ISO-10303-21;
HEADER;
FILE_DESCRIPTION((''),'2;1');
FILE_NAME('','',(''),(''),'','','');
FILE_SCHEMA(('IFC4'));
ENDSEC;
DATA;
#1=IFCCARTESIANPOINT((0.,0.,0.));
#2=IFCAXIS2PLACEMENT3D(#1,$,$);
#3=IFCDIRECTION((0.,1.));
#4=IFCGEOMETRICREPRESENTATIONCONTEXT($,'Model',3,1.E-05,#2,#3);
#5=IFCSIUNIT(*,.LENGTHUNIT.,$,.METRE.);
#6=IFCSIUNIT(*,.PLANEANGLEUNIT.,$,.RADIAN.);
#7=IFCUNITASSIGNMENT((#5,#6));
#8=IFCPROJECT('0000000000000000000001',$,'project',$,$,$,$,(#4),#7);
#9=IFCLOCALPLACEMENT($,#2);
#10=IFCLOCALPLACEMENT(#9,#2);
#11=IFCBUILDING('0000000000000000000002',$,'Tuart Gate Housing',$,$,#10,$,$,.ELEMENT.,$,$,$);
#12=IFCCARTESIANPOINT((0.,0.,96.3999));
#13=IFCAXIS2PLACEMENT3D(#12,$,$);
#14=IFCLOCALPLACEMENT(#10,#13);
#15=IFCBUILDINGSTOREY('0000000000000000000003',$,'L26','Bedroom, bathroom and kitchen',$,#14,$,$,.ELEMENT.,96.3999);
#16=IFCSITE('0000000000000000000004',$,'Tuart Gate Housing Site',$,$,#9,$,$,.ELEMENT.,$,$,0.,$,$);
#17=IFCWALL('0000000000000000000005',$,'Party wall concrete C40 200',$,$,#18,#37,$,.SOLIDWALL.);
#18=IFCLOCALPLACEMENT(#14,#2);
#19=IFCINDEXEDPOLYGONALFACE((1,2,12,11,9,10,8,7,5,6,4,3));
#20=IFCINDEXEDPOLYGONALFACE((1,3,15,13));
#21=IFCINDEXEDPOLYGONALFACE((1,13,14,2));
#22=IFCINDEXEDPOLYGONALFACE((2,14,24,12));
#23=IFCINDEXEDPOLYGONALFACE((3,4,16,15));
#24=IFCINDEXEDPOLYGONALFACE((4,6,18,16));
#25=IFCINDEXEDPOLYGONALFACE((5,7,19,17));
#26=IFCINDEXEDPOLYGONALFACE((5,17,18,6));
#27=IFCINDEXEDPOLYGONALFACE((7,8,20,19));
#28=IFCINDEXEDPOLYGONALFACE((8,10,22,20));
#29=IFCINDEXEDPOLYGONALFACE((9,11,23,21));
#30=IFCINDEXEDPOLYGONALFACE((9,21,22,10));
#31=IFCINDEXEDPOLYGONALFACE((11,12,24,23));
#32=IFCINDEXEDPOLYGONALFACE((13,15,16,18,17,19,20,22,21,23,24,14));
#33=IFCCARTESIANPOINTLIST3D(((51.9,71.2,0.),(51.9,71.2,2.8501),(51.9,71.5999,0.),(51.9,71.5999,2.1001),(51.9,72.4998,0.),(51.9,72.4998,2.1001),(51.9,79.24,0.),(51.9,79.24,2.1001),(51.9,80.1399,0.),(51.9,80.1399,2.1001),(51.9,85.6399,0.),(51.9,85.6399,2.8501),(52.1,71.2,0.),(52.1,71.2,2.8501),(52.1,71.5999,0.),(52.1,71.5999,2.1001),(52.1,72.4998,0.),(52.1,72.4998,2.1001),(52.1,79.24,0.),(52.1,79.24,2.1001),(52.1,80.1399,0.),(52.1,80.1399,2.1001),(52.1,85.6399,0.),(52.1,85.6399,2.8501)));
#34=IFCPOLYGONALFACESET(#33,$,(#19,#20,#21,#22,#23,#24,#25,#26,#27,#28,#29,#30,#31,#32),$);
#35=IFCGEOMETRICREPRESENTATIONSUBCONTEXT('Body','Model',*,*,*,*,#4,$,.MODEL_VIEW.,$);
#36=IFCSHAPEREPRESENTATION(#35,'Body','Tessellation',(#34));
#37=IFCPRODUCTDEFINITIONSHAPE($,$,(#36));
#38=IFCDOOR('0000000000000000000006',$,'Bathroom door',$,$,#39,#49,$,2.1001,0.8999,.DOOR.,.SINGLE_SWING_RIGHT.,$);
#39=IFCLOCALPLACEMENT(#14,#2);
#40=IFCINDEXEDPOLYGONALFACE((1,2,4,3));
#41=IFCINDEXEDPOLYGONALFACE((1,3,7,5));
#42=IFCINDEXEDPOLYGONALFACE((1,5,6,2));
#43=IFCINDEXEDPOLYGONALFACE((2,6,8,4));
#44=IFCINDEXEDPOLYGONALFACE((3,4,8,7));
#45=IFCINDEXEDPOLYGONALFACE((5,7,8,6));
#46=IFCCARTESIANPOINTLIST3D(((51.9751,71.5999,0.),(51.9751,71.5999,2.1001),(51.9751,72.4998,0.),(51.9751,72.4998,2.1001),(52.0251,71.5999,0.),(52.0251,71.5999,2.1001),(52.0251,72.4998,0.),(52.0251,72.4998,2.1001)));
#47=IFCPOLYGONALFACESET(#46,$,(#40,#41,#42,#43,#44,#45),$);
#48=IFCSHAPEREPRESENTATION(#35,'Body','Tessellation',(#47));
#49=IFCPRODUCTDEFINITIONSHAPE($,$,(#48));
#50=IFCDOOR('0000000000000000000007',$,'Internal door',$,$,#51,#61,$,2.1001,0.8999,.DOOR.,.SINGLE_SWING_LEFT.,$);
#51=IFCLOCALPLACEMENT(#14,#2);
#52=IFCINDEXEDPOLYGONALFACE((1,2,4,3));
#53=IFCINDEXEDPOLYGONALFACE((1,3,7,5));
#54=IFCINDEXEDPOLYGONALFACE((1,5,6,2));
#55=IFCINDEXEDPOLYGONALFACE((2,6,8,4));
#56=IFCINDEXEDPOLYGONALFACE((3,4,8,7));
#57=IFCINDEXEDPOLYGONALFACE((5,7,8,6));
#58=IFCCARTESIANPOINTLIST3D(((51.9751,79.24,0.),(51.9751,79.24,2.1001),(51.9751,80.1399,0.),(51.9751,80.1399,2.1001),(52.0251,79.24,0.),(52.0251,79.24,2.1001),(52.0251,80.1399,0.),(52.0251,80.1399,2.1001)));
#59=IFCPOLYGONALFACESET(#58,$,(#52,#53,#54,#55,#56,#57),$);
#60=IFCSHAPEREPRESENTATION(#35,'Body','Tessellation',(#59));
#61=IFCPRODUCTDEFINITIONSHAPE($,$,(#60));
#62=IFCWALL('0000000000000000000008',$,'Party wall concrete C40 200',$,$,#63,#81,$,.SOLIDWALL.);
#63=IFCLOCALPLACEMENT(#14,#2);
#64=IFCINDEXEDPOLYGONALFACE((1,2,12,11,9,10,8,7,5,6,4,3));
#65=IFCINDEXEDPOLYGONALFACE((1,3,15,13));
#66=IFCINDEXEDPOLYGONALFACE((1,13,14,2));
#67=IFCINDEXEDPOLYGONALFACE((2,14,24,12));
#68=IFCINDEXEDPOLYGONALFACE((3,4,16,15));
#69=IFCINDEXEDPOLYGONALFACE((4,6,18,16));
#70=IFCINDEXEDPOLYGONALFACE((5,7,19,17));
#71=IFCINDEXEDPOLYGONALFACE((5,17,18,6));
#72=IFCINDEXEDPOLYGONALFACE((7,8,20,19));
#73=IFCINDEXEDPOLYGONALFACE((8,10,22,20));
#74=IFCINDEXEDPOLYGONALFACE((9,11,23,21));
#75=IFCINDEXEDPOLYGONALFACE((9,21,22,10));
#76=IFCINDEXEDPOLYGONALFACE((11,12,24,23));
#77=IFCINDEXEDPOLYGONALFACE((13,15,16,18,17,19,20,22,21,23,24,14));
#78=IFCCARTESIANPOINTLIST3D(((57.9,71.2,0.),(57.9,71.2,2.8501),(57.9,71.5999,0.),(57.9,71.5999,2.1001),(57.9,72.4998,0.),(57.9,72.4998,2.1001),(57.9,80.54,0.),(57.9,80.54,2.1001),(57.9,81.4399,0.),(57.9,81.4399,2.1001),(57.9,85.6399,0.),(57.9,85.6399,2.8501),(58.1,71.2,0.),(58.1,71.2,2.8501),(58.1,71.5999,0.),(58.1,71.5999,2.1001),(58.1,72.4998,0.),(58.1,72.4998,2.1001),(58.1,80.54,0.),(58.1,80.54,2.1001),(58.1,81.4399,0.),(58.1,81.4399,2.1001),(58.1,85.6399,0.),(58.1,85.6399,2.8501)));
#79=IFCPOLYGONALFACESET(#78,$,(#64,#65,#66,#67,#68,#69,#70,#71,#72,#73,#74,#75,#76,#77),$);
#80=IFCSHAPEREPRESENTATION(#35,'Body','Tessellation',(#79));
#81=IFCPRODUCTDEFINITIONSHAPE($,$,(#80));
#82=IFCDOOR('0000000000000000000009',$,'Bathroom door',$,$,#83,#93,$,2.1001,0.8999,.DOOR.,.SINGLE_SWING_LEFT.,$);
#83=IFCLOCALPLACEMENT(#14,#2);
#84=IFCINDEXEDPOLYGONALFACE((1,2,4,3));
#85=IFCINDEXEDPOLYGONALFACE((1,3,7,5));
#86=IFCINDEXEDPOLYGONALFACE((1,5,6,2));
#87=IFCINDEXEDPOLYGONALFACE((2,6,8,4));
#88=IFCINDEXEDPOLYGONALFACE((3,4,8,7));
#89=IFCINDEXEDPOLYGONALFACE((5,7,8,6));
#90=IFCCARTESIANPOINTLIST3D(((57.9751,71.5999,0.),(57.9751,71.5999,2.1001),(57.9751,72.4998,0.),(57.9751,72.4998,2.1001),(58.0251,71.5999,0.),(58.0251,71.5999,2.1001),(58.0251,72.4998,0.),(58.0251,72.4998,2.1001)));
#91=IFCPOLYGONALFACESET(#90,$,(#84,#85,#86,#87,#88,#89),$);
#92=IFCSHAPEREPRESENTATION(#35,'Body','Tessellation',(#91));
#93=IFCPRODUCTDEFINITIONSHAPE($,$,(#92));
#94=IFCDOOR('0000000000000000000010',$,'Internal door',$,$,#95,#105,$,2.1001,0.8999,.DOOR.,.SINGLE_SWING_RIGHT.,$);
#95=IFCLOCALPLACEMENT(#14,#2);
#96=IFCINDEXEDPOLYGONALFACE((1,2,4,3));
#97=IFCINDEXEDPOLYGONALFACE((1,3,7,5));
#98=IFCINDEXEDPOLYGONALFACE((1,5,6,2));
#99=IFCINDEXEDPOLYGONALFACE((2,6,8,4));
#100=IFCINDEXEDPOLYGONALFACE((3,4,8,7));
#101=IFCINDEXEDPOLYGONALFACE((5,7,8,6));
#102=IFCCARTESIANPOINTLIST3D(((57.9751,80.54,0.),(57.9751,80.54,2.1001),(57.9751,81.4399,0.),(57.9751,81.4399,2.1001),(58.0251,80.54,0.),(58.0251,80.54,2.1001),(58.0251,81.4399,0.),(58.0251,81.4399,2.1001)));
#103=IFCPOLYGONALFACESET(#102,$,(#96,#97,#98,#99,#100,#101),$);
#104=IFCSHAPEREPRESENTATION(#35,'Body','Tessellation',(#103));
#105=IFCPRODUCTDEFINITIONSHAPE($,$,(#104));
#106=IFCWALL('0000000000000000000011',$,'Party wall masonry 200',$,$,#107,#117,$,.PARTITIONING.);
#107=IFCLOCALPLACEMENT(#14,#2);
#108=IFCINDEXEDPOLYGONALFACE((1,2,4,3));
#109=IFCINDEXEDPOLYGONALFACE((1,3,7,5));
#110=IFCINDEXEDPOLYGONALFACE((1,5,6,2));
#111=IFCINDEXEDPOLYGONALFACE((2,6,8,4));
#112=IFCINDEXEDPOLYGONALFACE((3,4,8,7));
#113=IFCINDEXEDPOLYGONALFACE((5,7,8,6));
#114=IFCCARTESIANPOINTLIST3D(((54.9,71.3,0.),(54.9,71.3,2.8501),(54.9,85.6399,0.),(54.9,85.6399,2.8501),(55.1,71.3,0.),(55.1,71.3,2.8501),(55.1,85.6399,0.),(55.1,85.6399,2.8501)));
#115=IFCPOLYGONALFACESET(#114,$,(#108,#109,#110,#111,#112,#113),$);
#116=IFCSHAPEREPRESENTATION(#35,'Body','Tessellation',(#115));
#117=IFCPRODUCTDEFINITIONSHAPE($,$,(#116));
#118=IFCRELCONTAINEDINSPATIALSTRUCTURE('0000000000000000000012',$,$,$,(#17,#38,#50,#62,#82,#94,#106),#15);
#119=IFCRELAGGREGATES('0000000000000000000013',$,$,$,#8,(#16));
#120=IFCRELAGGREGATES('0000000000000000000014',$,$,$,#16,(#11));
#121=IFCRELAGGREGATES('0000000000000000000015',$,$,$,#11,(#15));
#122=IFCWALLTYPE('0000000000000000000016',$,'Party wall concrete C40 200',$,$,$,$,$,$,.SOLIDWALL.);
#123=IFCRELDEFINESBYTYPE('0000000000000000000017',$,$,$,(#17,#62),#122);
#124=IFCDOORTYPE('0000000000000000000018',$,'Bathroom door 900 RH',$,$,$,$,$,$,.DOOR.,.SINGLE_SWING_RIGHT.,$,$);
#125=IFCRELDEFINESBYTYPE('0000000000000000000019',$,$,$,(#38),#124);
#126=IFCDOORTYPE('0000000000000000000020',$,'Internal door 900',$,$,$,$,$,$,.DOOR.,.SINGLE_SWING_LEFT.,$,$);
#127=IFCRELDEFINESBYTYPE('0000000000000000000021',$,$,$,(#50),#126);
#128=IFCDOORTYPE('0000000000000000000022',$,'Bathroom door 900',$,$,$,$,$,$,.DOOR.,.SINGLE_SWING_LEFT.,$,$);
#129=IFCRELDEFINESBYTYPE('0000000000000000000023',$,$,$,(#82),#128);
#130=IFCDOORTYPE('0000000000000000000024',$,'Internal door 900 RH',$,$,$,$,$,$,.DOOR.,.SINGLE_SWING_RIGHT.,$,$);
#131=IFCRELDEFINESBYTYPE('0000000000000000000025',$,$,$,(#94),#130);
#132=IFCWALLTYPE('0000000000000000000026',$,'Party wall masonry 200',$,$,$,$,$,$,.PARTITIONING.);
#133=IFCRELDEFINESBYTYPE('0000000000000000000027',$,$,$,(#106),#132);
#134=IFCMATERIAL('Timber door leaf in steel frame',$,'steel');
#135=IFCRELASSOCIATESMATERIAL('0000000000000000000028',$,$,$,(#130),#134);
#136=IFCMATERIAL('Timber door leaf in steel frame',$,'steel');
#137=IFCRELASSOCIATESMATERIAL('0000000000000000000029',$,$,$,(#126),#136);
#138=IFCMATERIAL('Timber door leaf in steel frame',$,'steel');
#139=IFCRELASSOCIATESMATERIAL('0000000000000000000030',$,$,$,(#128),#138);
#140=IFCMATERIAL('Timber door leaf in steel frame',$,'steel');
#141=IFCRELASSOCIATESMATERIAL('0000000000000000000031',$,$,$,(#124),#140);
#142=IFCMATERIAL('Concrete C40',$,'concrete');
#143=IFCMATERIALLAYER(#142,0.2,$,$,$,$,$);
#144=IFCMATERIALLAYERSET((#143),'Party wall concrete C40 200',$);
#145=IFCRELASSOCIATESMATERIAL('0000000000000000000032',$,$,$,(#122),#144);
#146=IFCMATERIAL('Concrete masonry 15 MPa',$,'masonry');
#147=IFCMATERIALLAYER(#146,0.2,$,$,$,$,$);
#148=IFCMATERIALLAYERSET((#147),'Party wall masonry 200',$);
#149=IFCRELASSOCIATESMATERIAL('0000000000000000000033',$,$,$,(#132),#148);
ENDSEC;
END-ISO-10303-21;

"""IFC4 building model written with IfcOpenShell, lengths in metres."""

from ifc_helpers import new_model, si_unit, direction, frame, frame_2d, origin, place, context, subcontext, project, spatial, rectangle, extrude, material, layer, layer_set, type_object, element, fill, save


model = new_model("IFC4")

# Units and contexts
model_context = context("Model", 3, precision=1e-05, world=origin(), true_north=direction((0.0, 1.0)))
body_context = subcontext(model_context, "Body", "Model", "MODEL_VIEW")
ifc_project = project(units=[si_unit("LENGTHUNIT", "METRE"), si_unit("PLANEANGLEUNIT", "RADIAN")], contexts=[model_context])

# Site, building, storey
site_placement = place(None, origin())
site = spatial("IfcSite", under=ifc_project, at=site_placement, Name="Tuart Gate Housing Site", CompositionType="ELEMENT", RefElevation=0.0)
building_placement = place(site_placement, origin())
building = spatial("IfcBuilding", under=site, at=building_placement, Name="Tuart Gate Housing", CompositionType="ELEMENT")
storey_placement = place(building_placement, frame((0.0, 0.0, 96.3999)))
storey = spatial("IfcBuildingStorey", under=building, at=storey_placement, Name="L26", Description="Bedroom, bathroom and kitchen", CompositionType="ELEMENT", Elevation=96.3999)

# Shared definitions
ifc_material_1 = material(Name="Timber door leaf in steel frame", Category="steel")
door_type_1 = type_object("IfcDoorType", Name="Internal door 900 RH", OperationType="SINGLE_SWING_RIGHT", PredefinedType="DOOR", material=ifc_material_1)
ifc_material_2 = material(Name="Timber door leaf in steel frame", Category="steel")
door_type_2 = type_object("IfcDoorType", Name="Internal door 900", OperationType="SINGLE_SWING_LEFT", PredefinedType="DOOR", material=ifc_material_2)

# Shared definitions
ifc_material_3 = material(Name="Timber door leaf in steel frame", Category="steel")
door_type_3 = type_object("IfcDoorType", Name="Bathroom door 900", OperationType="SINGLE_SWING_LEFT", PredefinedType="DOOR", material=ifc_material_3)
ifc_material_4 = material(Name="Timber door leaf in steel frame", Category="steel")
door_type_4 = type_object("IfcDoorType", Name="Bathroom door 900 RH", OperationType="SINGLE_SWING_RIGHT", PredefinedType="DOOR", material=ifc_material_4)

# Shared definitions
ifc_material_5 = material(Name="Concrete C40", Category="concrete")
ifc_layer_1 = layer(ifc_material_5, 0.2)
ifc_layer_set_1 = layer_set([ifc_layer_1], Name="Party wall concrete C40 200")
wall_type_1 = type_object("IfcWallType", Name="Party wall concrete C40 200", PredefinedType="SOLIDWALL", material=ifc_layer_set_1)

# Walls, openings, doors
wall_1_placement = place(storey_placement, frame((52.0, 71.2, 0.0), z_axis=(0.0, 0.0, 1.0), x_axis=(0.0, 1.0, 0.0)))
wall_1 = element("IfcWall", 1, at=wall_1_placement, inside=storey, type_object=wall_type_1, Name="Party wall concrete C40 200", PredefinedType="SOLIDWALL", context=body_context, shape_type="SweptSolid", body=[
    extrude(rectangle(XDim=14.4399, YDim=0.2, at=frame_2d((7.22, 0.0))), origin(), (0.0, 0.0, 1.0), 2.8501),
])
opening_1_placement = place(wall_1_placement, frame((8.04, 0.0, 0.0)))
opening_1 = element("IfcOpeningElement", 2, at=opening_1_placement, cuts=wall_1, PredefinedType="OPENING", context=body_context, shape_type="SweptSolid", body=[
    extrude(rectangle(XDim=0.8999, YDim=2.1001, at=frame_2d((0.45, 1.05))), frame((0.0, 0.1099, 0.0), z_axis=(0.0, -1.0, 0.0), x_axis=(1.0, 0.0, 0.0)), (0.0, 0.0, 1.0), 0.22),
])
opening_2_placement = place(wall_1_placement, frame((0.3999, 0.0, 0.0)))
opening_2 = element("IfcOpeningElement", 3, at=opening_2_placement, cuts=wall_1, PredefinedType="OPENING", context=body_context, shape_type="SweptSolid", body=[
    extrude(rectangle(XDim=0.8999, YDim=2.1001, at=frame_2d((0.45, 1.05))), frame((0.0, 0.1099, 0.0), z_axis=(0.0, -1.0, 0.0), x_axis=(1.0, 0.0, 0.0)), (0.0, 0.0, 1.0), 0.22),
])
door_1_placement = place(opening_2_placement, frame((0.8999, 0.0, 0.0), z_axis=(0.0, 0.0, 1.0), x_axis=(-1.0, 0.0, 0.0)))
door_1 = element("IfcDoor", 4, at=door_1_placement, inside=storey, type_object=door_type_4, Name="Bathroom door", OperationType="SINGLE_SWING_RIGHT", OverallHeight=2.1001, OverallWidth=0.8999, PredefinedType="DOOR", context=body_context, shape_type="SweptSolid", body=[
    extrude(rectangle(XDim=0.8999, YDim=2.1001, at=frame_2d((0.45, 1.05))), frame((0.0, 0.0251, 0.0), z_axis=(0.0, -1.0, 0.0), x_axis=(1.0, 0.0, 0.0)), (0.0, 0.0, 1.0), 0.05),
])
fill(opening_2, door_1)
door_2_placement = place(opening_1_placement, frame((0.8999, 0.0, 0.0), z_axis=(0.0, 0.0, 1.0), x_axis=(-1.0, 0.0, 0.0)))
door_2 = element("IfcDoor", 5, at=door_2_placement, inside=storey, type_object=door_type_2, Name="Internal door", OperationType="SINGLE_SWING_LEFT", OverallHeight=2.1001, OverallWidth=0.8999, PredefinedType="DOOR", context=body_context, shape_type="SweptSolid", body=[
    extrude(rectangle(XDim=0.8999, YDim=2.1001, at=frame_2d((0.45, 1.05))), frame((0.0, 0.0251, 0.0), z_axis=(0.0, -1.0, 0.0), x_axis=(1.0, 0.0, 0.0)), (0.0, 0.0, 1.0), 0.05),
])
fill(opening_1, door_2)
wall_2_placement = place(storey_placement, frame((58.0, 71.2, 0.0), z_axis=(0.0, 0.0, 1.0), x_axis=(0.0, 1.0, 0.0)))
wall_2 = element("IfcWall", 6, at=wall_2_placement, inside=storey, type_object=wall_type_1, Name="Party wall concrete C40 200", PredefinedType="SOLIDWALL", context=body_context, shape_type="SweptSolid", body=[
    extrude(rectangle(XDim=14.4399, YDim=0.2, at=frame_2d((7.22, 0.0))), origin(), (0.0, 0.0, 1.0), 2.8501),
])
opening_3_placement = place(wall_2_placement, frame((9.3401, 0.0, 0.0)))
opening_3 = element("IfcOpeningElement", 7, at=opening_3_placement, cuts=wall_2, PredefinedType="OPENING", context=body_context, shape_type="SweptSolid", body=[
    extrude(rectangle(XDim=0.8999, YDim=2.1001, at=frame_2d((0.45, 1.05))), frame((0.0, 0.1099, 0.0), z_axis=(0.0, -1.0, 0.0), x_axis=(1.0, 0.0, 0.0)), (0.0, 0.0, 1.0), 0.22),
])
opening_4_placement = place(wall_2_placement, frame((0.3999, 0.0, 0.0)))
opening_4 = element("IfcOpeningElement", 8, at=opening_4_placement, cuts=wall_2, PredefinedType="OPENING", context=body_context, shape_type="SweptSolid", body=[
    extrude(rectangle(XDim=0.8999, YDim=2.1001, at=frame_2d((0.45, 1.05))), frame((0.0, 0.1099, 0.0), z_axis=(0.0, -1.0, 0.0), x_axis=(1.0, 0.0, 0.0)), (0.0, 0.0, 1.0), 0.22),
])
door_3_placement = place(opening_4_placement, origin())
door_3 = element("IfcDoor", 9, at=door_3_placement, inside=storey, type_object=door_type_3, Name="Bathroom door", OperationType="SINGLE_SWING_LEFT", OverallHeight=2.1001, OverallWidth=0.8999, PredefinedType="DOOR", context=body_context, shape_type="SweptSolid", body=[
    extrude(rectangle(XDim=0.8999, YDim=2.1001, at=frame_2d((0.45, 1.05))), frame((0.0, 0.0249, 0.0), z_axis=(0.0, -1.0, 0.0), x_axis=(1.0, 0.0, 0.0)), (0.0, 0.0, 1.0), 0.05),
])
fill(opening_4, door_3)
door_4_placement = place(opening_3_placement, origin())
door_4 = element("IfcDoor", 10, at=door_4_placement, inside=storey, type_object=door_type_1, Name="Internal door", OperationType="SINGLE_SWING_RIGHT", OverallHeight=2.1001, OverallWidth=0.8999, PredefinedType="DOOR", context=body_context, shape_type="SweptSolid", body=[
    extrude(rectangle(XDim=0.8999, YDim=2.1001, at=frame_2d((0.45, 1.05))), frame((0.0, 0.0249, 0.0), z_axis=(0.0, -1.0, 0.0), x_axis=(1.0, 0.0, 0.0)), (0.0, 0.0, 1.0), 0.05),
])
fill(opening_3, door_4)

# Wall
ifc_material_6 = material(Name="Concrete masonry 15 MPa", Category="masonry")
ifc_layer_2 = layer(ifc_material_6, 0.2)
ifc_layer_set_2 = layer_set([ifc_layer_2], Name="Party wall masonry 200")
wall_type_2 = type_object("IfcWallType", Name="Party wall masonry 200", PredefinedType="PARTITIONING", material=ifc_layer_set_2)
wall_3_placement = place(storey_placement, frame((55.0, 71.3, 0.0), z_axis=(0.0, 0.0, 1.0), x_axis=(0.0, 1.0, 0.0)))
element("IfcWall", 11, at=wall_3_placement, inside=storey, type_object=wall_type_2, Name="Party wall masonry 200", PredefinedType="PARTITIONING", context=body_context, shape_type="SweptSolid", body=[
    extrude(rectangle(XDim=14.3398, YDim=0.2, at=frame_2d((7.1699, 0.0))), origin(), (0.0, 0.0, 1.0), 2.8501),
])

save(model, "model.ifc")
